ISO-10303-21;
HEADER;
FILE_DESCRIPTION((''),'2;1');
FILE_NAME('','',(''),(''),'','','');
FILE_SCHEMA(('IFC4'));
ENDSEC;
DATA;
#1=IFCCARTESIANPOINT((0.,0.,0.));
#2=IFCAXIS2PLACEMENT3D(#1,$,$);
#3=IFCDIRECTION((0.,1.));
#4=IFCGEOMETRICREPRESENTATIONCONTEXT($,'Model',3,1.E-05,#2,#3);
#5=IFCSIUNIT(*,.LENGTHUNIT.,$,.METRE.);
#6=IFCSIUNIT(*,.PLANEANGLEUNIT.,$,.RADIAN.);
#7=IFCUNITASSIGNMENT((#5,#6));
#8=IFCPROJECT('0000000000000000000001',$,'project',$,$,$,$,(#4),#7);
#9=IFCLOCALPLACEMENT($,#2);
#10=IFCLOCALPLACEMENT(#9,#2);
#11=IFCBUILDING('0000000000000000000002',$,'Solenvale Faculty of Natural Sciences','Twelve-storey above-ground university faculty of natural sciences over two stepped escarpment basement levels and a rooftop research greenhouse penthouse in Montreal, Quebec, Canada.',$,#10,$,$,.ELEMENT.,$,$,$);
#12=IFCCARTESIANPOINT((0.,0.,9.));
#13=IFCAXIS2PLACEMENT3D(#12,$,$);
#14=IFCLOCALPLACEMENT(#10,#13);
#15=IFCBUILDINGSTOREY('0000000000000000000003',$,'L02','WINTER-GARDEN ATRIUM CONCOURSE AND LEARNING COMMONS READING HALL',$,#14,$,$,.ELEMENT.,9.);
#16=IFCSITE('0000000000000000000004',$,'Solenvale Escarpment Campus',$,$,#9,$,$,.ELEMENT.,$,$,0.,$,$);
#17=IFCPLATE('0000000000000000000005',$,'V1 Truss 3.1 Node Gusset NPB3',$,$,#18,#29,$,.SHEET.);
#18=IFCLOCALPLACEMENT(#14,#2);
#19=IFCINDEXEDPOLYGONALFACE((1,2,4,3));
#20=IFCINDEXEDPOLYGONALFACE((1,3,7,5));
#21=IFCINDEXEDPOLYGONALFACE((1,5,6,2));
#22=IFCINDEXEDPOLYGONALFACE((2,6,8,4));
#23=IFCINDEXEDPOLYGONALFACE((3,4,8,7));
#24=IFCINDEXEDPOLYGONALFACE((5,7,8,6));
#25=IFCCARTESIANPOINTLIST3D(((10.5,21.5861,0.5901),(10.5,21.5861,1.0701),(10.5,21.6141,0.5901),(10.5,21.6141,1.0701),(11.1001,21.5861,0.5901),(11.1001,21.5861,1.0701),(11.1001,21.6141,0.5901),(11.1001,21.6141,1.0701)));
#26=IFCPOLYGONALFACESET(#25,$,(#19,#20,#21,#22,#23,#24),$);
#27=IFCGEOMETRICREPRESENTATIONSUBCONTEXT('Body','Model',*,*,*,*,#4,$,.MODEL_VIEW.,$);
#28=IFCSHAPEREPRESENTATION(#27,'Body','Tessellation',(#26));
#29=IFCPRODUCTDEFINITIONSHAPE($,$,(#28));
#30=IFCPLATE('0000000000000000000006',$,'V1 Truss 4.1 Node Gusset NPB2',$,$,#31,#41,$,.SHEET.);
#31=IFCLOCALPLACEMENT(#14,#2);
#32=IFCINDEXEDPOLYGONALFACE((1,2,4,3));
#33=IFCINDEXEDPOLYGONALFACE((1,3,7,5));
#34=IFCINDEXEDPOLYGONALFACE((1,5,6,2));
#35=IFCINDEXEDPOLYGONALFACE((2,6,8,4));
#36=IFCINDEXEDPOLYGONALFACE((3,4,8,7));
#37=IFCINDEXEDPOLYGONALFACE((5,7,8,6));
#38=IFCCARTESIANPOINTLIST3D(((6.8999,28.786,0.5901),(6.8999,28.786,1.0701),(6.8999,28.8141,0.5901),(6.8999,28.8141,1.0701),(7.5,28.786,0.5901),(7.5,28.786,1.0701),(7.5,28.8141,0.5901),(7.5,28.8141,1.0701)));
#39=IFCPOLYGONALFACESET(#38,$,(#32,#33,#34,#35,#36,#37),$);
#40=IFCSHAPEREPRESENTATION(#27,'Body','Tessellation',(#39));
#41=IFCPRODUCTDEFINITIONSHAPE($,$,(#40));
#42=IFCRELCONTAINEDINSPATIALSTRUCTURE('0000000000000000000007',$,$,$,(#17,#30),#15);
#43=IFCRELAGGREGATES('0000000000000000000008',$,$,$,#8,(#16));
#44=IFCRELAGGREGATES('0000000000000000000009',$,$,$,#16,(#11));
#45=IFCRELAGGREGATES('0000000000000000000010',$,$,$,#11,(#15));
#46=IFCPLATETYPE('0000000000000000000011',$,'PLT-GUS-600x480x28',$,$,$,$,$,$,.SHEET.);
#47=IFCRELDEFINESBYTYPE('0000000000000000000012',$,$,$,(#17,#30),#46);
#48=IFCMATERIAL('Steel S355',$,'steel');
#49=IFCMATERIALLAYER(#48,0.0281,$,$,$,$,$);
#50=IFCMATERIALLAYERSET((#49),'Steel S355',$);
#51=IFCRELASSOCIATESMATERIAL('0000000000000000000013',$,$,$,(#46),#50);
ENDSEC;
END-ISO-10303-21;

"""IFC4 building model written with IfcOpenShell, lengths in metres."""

from ifc_helpers import new_model, si_unit, direction, frame, origin, origin_2d, place, context, subcontext, project, spatial, rectangle, extrude, material, layer, layer_set, type_object, element, save


model = new_model("IFC4")

# Units and contexts
model_context = context("Model", 3, precision=1e-05, world=origin(), true_north=direction((0.0, 1.0)))
body_context = subcontext(model_context, "Body", "Model", "MODEL_VIEW")
ifc_project = project(units=[si_unit("LENGTHUNIT", "METRE"), si_unit("PLANEANGLEUNIT", "RADIAN")], contexts=[model_context])

# Site, building, storey
site_placement = place(None, origin())
site = spatial("IfcSite", under=ifc_project, at=site_placement, Name="Solenvale Escarpment Campus", CompositionType="ELEMENT", RefElevation=0.0)
building_placement = place(site_placement, origin())
building = spatial("IfcBuilding", under=site, at=building_placement, Name="Solenvale Faculty of Natural Sciences", Description="Twelve-storey above-ground university faculty of natural sciences over two stepped escarpment basement levels and a rooftop research greenhouse penthouse in Montreal, Quebec, Canada.", CompositionType="ELEMENT")
storey_placement = place(building_placement, frame((0.0, 0.0, 9.0)))
storey = spatial("IfcBuildingStorey", under=building, at=storey_placement, Name="L02", Description="WINTER-GARDEN ATRIUM CONCOURSE AND LEARNING COMMONS READING HALL", CompositionType="ELEMENT", Elevation=9.0)

# Shared definitions
ifc_material_1 = material(Name="Steel S355", Category="steel")

# Plates
ifc_layer_1 = layer(ifc_material_1, 0.0281)
ifc_layer_set_1 = layer_set([ifc_layer_1], Name="Steel S355")
plate_type_1 = type_object("IfcPlateType", Name="PLT-GUS-600x480x28", PredefinedType="SHEET", material=ifc_layer_set_1)
for number, where, z_axis, x_axis, name in (
    (1, (10.8, 21.6001, 0.5901), (0.0, 0.0, 1.0), (1.0, 0.0, 0.0), "V1 Truss 3.1 Node Gusset NPB3"),
    (2, (7.2, 28.8, 0.5901), (0.0, 0.0, 1.0), (1.0, 0.0, 0.0), "V1 Truss 4.1 Node Gusset NPB2"),
):
    element("IfcPlate", number, at=place(storey_placement, frame(where, z_axis=z_axis, x_axis=x_axis)), inside=storey, type_object=plate_type_1, Name=name, PredefinedType="SHEET", context=body_context, shape_type="SweptSolid", body=[
        extrude(rectangle(XDim=0.6001, YDim=0.0281, at=origin_2d()), origin(), (0.0, 0.0, 1.0), 0.48),
    ])

save(model, "model.ifc")
